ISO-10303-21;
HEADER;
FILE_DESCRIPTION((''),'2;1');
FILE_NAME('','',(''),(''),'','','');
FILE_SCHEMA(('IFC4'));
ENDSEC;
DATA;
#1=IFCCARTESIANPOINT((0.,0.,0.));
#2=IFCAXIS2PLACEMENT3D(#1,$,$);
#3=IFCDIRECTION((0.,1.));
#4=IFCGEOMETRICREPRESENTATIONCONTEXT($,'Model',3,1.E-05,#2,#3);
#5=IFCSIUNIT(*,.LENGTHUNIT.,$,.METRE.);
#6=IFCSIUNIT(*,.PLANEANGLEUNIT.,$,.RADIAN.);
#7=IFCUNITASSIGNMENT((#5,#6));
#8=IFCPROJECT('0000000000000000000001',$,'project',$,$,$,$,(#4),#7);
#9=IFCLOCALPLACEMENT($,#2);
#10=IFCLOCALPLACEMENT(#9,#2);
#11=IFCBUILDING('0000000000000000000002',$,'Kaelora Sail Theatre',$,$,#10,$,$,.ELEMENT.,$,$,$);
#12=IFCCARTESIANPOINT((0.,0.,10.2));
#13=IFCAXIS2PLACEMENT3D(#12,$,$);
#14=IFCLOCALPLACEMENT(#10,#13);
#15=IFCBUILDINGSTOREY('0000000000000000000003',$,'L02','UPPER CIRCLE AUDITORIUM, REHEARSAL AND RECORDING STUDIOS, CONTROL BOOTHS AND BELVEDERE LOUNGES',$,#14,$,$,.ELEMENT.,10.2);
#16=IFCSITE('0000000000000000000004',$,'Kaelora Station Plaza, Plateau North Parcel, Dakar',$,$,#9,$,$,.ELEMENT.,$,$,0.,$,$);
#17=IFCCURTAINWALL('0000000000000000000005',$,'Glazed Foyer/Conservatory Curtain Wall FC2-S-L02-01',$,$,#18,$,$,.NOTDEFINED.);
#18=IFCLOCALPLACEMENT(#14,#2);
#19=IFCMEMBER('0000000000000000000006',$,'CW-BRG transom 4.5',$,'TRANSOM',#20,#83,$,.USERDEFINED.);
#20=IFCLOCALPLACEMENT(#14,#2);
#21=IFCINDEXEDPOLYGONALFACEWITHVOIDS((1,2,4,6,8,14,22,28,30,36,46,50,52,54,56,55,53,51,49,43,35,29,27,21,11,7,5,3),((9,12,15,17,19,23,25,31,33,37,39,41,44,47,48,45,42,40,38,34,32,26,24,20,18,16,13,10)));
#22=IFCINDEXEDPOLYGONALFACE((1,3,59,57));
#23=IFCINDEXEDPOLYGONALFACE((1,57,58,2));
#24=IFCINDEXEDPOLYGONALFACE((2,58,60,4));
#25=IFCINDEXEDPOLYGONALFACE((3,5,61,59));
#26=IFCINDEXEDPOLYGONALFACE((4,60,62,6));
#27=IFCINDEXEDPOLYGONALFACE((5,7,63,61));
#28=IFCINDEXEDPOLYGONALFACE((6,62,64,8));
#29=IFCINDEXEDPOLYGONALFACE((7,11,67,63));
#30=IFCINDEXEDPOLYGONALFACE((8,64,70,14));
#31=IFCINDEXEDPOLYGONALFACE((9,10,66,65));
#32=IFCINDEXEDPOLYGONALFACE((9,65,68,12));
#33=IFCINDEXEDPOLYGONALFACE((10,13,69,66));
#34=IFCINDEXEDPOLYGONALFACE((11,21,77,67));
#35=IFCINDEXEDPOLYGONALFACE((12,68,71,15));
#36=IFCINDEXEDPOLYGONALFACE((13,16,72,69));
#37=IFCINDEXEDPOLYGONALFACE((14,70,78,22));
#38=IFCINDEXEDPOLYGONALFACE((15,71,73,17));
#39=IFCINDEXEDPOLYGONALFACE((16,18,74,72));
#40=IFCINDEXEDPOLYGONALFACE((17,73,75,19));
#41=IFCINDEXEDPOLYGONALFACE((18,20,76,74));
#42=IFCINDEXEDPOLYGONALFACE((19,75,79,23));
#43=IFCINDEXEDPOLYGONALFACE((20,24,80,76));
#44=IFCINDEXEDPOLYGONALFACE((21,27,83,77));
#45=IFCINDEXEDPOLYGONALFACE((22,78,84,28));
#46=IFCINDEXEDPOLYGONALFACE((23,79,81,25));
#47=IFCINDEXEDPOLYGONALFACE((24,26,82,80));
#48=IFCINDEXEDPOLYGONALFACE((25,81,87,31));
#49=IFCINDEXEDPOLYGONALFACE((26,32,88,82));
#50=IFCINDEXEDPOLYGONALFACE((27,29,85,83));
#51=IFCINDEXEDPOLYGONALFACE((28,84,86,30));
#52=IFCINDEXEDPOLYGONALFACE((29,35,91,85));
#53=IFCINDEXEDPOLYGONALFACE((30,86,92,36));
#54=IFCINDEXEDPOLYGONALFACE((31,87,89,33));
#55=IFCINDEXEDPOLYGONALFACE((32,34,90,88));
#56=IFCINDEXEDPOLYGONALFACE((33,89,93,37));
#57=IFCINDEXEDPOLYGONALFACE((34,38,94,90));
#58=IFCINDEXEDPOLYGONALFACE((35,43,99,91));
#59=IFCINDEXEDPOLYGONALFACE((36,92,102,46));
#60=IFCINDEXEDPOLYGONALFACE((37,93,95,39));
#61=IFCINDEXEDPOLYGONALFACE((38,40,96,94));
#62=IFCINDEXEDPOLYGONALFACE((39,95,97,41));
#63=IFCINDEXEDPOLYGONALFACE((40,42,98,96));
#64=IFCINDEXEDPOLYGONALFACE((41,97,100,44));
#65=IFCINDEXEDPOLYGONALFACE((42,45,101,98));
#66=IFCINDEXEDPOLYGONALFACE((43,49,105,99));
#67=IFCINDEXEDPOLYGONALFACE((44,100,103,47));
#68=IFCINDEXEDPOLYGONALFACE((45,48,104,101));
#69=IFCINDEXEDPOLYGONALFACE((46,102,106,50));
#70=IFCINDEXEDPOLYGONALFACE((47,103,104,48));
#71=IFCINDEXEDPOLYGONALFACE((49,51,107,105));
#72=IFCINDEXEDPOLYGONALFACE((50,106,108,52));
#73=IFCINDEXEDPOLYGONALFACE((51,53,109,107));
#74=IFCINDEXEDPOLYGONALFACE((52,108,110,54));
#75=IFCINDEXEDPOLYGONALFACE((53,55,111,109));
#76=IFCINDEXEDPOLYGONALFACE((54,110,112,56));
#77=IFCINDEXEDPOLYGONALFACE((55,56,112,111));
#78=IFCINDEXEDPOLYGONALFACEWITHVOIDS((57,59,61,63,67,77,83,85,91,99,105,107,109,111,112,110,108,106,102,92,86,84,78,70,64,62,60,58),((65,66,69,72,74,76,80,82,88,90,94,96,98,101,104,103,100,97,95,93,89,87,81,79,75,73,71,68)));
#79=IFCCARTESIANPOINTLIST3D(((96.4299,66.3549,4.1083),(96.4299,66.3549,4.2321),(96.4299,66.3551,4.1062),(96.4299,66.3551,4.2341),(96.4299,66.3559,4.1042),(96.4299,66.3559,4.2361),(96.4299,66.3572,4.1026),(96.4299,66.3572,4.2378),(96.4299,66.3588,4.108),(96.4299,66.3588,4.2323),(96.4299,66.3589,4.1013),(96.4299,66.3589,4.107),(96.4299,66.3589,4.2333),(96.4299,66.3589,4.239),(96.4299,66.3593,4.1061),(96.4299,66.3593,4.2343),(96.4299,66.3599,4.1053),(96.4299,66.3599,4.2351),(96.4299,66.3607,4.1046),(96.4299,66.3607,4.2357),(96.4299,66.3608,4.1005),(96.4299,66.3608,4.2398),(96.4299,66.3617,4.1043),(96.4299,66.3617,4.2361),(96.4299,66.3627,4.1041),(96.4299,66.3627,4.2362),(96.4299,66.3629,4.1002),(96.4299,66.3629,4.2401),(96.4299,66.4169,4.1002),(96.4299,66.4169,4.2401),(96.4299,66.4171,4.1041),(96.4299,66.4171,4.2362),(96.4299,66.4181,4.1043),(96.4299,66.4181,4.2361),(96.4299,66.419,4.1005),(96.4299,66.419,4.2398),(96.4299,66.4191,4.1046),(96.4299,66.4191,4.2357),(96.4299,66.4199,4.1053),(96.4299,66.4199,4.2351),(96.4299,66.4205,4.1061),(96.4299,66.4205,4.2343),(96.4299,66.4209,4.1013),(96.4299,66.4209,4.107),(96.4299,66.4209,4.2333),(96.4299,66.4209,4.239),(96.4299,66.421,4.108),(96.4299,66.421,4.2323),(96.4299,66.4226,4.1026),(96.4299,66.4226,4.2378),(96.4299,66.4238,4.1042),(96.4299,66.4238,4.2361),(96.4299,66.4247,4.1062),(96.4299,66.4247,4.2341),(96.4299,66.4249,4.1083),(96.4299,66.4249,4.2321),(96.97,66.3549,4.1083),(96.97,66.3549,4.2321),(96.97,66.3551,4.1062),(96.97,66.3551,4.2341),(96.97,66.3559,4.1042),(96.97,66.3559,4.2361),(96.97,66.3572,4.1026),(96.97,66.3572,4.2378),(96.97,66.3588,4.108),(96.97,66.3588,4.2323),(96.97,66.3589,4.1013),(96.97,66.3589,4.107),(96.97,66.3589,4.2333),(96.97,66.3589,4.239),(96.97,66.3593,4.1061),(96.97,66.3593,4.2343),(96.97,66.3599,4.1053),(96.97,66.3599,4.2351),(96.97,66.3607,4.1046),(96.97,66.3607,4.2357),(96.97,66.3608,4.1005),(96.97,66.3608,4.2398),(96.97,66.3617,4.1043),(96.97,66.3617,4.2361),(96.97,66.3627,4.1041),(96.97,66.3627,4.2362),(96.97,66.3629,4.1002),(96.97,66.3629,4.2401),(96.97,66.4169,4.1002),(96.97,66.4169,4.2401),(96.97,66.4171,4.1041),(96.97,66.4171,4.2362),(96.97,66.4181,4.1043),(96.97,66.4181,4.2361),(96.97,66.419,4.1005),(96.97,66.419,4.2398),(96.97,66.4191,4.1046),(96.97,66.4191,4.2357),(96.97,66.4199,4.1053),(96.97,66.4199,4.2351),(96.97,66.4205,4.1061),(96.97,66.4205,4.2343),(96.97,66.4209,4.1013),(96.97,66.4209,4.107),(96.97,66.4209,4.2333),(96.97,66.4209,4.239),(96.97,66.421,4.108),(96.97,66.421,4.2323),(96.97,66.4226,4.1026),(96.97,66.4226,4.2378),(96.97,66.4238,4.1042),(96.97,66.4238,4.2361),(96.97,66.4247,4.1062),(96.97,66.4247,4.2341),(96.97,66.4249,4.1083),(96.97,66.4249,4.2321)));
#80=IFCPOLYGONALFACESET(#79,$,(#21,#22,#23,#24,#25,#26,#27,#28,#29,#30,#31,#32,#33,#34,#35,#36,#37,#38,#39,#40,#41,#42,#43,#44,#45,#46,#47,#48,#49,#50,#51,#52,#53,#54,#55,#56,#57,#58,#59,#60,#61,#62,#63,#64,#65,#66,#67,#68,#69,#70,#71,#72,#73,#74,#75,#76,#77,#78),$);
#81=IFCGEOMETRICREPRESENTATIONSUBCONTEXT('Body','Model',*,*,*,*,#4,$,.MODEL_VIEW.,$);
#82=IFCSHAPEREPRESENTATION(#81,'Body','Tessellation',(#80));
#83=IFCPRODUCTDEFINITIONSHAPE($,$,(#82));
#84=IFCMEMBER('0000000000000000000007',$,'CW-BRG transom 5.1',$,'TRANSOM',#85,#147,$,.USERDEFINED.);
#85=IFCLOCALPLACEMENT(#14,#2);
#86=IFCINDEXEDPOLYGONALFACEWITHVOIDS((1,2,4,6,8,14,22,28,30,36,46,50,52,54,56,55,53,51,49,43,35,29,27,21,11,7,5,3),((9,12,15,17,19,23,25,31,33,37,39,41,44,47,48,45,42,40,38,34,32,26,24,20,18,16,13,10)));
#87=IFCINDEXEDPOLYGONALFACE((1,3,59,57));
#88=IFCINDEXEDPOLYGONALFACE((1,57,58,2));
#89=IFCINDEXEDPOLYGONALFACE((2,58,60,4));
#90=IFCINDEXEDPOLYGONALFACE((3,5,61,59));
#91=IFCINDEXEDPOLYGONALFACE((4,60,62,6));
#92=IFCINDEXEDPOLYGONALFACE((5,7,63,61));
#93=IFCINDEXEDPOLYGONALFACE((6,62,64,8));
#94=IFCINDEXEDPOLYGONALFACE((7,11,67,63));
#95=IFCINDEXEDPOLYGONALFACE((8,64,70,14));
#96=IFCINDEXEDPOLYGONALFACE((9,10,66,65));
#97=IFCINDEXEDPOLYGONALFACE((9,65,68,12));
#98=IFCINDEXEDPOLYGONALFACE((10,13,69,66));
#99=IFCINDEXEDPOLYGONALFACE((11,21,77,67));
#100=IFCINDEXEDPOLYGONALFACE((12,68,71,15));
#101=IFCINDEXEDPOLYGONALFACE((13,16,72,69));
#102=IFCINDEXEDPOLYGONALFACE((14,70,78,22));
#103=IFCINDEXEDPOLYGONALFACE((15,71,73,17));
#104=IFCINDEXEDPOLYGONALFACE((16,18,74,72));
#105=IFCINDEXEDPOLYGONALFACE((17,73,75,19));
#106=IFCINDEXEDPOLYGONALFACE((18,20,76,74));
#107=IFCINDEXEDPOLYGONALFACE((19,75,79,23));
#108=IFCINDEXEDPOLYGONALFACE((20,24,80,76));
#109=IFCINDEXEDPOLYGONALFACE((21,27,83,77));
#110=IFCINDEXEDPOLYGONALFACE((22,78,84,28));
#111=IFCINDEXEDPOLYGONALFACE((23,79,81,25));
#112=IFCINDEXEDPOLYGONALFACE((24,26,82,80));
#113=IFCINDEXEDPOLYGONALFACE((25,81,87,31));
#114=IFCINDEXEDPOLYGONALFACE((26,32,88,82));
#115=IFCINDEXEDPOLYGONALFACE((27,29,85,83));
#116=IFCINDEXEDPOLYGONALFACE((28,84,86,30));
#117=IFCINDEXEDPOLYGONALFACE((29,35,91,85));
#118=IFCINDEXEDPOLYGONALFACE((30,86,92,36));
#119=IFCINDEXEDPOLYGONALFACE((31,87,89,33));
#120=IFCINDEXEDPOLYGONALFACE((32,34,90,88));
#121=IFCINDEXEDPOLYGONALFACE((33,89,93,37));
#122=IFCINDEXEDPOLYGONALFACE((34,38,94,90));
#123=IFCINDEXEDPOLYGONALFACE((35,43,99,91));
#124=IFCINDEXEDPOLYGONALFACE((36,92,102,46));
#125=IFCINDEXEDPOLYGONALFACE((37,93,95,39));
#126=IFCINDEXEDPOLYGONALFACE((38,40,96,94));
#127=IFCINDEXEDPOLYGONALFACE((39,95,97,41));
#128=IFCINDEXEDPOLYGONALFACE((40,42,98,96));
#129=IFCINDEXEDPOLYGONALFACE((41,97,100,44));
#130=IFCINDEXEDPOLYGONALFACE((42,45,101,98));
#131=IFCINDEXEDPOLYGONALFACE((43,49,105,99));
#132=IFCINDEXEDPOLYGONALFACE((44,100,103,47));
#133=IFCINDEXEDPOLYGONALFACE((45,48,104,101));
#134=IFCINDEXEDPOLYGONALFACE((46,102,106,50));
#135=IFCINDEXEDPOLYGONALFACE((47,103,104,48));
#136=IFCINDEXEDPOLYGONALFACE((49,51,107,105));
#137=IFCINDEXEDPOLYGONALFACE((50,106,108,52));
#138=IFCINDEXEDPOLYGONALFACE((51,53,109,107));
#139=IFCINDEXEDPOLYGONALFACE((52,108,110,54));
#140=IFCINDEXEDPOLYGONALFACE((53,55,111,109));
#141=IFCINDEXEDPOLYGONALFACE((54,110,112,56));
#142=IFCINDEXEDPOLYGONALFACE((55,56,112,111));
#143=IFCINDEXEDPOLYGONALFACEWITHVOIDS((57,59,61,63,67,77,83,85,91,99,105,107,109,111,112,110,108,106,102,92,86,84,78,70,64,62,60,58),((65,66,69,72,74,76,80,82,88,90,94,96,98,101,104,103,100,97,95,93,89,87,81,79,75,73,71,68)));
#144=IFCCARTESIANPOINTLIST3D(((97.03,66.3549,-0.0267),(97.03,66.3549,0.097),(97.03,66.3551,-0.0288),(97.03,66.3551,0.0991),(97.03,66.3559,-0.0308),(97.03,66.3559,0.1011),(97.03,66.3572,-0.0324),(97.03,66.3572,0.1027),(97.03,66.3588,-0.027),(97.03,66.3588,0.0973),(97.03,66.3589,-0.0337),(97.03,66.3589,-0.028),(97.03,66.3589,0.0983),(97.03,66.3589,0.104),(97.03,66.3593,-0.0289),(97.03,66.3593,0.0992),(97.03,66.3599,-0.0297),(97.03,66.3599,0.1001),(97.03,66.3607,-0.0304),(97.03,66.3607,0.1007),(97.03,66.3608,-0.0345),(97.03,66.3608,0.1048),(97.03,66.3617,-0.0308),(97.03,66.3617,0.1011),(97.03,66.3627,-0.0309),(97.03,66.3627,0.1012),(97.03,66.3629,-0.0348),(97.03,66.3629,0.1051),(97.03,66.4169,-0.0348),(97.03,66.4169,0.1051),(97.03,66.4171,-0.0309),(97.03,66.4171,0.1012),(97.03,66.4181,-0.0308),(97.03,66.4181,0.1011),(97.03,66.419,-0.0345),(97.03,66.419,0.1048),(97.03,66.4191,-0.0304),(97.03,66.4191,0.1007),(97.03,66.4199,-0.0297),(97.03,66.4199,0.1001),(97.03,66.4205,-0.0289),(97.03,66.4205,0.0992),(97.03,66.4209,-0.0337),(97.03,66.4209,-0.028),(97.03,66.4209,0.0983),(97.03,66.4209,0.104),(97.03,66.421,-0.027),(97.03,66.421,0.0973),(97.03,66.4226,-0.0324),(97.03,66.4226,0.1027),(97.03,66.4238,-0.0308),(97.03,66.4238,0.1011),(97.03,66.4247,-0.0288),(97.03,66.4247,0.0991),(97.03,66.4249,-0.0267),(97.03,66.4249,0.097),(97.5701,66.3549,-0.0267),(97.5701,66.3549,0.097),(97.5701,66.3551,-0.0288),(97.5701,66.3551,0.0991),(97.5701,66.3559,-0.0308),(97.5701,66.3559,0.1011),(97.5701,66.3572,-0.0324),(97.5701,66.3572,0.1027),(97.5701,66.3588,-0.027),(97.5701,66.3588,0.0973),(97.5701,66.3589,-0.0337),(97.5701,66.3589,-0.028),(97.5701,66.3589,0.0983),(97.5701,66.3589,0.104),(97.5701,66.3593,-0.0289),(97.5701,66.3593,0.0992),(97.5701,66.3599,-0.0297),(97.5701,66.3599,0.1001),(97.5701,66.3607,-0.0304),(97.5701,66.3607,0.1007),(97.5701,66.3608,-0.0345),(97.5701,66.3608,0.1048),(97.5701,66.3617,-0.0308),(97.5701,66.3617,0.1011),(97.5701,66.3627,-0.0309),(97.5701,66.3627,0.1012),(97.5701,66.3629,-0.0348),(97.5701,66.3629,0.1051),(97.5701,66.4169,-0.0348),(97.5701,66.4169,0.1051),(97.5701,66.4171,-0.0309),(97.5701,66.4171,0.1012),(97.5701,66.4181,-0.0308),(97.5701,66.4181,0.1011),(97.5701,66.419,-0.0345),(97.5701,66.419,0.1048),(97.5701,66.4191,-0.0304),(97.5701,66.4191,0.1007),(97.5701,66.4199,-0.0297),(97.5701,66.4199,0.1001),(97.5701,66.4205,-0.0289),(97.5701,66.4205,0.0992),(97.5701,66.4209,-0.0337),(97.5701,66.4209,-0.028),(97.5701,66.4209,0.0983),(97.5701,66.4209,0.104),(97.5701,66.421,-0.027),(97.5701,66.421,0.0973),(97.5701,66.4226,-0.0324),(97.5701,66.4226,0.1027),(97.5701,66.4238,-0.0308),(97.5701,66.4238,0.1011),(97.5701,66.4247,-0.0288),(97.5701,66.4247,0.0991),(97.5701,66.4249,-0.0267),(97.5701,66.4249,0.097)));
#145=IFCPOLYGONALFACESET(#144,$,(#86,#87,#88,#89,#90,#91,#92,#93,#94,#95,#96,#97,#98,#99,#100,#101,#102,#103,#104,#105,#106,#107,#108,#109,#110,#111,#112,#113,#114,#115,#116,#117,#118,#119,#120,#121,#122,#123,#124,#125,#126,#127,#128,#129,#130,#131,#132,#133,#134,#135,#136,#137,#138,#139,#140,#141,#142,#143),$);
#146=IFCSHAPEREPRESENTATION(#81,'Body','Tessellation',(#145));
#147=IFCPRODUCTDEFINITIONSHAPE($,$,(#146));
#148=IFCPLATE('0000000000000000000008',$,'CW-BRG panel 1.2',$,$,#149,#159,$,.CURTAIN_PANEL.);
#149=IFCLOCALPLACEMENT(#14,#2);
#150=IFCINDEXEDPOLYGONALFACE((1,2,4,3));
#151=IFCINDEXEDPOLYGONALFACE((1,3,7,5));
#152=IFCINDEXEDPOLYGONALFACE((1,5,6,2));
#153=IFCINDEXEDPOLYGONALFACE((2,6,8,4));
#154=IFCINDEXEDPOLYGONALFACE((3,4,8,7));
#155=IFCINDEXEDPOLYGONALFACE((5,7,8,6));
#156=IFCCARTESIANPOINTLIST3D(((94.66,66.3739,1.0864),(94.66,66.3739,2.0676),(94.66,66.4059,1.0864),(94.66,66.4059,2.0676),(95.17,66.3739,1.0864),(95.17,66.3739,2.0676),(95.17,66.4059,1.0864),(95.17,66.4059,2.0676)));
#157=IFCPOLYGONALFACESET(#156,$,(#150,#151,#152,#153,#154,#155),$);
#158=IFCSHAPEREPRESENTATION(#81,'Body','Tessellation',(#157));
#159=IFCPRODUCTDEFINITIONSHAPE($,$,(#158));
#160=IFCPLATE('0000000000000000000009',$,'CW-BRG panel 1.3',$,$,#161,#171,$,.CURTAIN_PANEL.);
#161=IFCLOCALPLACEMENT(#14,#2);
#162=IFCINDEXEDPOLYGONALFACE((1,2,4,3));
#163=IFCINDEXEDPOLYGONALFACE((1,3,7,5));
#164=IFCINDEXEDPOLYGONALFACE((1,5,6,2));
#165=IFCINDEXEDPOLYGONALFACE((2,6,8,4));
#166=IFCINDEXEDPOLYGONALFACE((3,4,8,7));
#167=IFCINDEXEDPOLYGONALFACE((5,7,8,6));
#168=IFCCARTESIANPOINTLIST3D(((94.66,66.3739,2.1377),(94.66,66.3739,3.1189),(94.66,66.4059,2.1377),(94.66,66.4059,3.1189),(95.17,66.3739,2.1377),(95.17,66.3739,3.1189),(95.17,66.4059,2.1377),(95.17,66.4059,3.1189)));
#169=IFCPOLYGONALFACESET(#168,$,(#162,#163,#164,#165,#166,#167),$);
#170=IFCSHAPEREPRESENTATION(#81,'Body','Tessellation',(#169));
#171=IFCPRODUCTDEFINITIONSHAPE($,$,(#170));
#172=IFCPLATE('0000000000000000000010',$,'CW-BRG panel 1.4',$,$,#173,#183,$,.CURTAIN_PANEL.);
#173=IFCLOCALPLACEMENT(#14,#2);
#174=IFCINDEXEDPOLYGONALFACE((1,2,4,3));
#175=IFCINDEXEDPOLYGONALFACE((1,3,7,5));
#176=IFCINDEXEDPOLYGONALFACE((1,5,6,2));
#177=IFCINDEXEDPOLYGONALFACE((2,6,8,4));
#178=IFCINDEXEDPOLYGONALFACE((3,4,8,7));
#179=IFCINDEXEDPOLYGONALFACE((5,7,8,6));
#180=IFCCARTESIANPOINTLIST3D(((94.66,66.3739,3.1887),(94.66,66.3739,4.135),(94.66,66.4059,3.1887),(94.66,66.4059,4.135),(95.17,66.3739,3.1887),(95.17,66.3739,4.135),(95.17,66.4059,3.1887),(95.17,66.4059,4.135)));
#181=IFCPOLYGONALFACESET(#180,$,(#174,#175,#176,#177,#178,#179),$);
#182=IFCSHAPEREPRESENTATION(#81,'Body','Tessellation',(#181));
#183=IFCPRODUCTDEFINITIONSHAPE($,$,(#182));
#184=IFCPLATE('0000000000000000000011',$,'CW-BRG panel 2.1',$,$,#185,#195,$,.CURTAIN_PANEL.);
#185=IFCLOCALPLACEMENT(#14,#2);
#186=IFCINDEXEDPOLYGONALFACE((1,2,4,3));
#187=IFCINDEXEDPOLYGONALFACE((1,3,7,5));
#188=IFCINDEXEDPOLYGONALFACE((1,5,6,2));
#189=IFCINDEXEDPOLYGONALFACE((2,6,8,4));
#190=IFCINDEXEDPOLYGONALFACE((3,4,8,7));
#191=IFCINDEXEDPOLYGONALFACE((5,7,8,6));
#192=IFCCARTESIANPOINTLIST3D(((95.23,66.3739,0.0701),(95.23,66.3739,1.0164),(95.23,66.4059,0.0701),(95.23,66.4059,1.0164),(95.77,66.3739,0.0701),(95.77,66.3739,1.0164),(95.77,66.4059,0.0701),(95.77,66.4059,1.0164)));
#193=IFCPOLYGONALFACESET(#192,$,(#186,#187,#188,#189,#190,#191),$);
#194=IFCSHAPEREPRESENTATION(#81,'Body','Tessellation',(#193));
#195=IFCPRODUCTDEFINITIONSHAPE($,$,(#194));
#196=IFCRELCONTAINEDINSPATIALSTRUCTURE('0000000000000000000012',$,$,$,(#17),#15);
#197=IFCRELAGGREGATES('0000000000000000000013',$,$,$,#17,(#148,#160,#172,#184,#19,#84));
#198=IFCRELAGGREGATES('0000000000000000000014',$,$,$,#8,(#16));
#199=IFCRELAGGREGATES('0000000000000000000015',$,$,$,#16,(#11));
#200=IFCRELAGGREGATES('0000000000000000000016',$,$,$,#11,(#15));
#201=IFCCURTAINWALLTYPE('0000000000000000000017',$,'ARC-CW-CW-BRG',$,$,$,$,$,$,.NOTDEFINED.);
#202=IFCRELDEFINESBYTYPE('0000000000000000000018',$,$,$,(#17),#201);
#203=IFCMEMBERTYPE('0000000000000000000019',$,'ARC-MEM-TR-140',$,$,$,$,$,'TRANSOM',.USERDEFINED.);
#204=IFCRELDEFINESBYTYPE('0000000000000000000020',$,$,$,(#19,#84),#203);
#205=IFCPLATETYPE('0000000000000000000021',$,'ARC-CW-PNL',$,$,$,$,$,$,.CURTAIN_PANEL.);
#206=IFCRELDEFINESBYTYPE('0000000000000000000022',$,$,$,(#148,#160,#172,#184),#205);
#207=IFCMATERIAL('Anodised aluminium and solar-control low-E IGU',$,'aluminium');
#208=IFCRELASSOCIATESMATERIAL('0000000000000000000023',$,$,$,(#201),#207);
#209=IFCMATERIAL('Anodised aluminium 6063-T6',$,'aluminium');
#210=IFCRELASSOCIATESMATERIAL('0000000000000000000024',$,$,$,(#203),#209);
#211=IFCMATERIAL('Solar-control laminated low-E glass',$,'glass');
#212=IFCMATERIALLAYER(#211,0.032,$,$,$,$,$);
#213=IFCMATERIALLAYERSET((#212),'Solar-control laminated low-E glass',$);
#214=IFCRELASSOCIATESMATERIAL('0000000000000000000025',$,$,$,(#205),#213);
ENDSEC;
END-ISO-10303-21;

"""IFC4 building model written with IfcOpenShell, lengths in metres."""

from ifc_helpers import new_model, si_unit, direction, frame, origin, origin_2d, place, context, subcontext, project, spatial, rectangle, hollow_rectangle, extrude, material, layer, layer_set, material_profile, profile_set, type_object, element, aggregate, save


model = new_model("IFC4")

# Units and contexts
model_context = context("Model", 3, precision=1e-05, world=origin(), true_north=direction((0.0, 1.0)))
body_context = subcontext(model_context, "Body", "Model", "MODEL_VIEW")
ifc_project = project(units=[si_unit("LENGTHUNIT", "METRE"), si_unit("PLANEANGLEUNIT", "RADIAN")], contexts=[model_context])

# Site, building, storey
site_placement = place(None, origin())
site = spatial("IfcSite", under=ifc_project, at=site_placement, Name="Kaelora Station Plaza, Plateau North Parcel, Dakar", CompositionType="ELEMENT", RefElevation=0.0)
building_placement = place(site_placement, origin())
building = spatial("IfcBuilding", under=site, at=building_placement, Name="Kaelora Sail Theatre", CompositionType="ELEMENT")
storey_placement = place(building_placement, frame((0.0, 0.0, 10.2)))
storey = spatial("IfcBuildingStorey", under=building, at=storey_placement, Name="L02", Description="UPPER CIRCLE AUDITORIUM, REHEARSAL AND RECORDING STUDIOS, CONTROL BOOTHS AND BELVEDERE LOUNGES", CompositionType="ELEMENT", Elevation=10.2)

# Curtain wall, members, plates
ifc_material_1 = material(Name="Anodised aluminium and solar-control low-E IGU", Category="aluminium")
curtain_wall_type = type_object("IfcCurtainWallType", Name="ARC-CW-CW-BRG", PredefinedType="NOTDEFINED", material=ifc_material_1)
curtain_wall_placement = place(storey_placement, origin())
curtain_wall = element("IfcCurtainWall", 1, at=curtain_wall_placement, inside=storey, type_object=curtain_wall_type, Name="Glazed Foyer/Conservatory Curtain Wall FC2-S-L02-01", PredefinedType="NOTDEFINED")
ifc_material_2 = material(Name="Anodised aluminium 6063-T6", Category="aluminium")
ifc_material_profile_1 = material_profile(ifc_material_2, hollow_rectangle(XDim=0.0701, YDim=0.1399, WallThickness=0.0039, InnerFilletRadius=0.0039, OuterFilletRadius=0.0081, at=origin_2d()), Name="ALU-TRAN 70x140x4")
ifc_profile_set_1 = profile_set([ifc_material_profile_1], Name="Anodised aluminium 6063-T6")
member_type_1 = type_object("IfcMemberType", Name="ARC-MEM-TR-140", ElementType="TRANSOM", PredefinedType="USERDEFINED", material=ifc_profile_set_1)
member_1_placement = place(storey_placement, frame((96.4299, 66.3899, 4.1702), z_axis=(1.0, 0.0, 0.0), x_axis=(0.0, 1.0, 0.0)))
member_1 = element("IfcMember", 2, at=member_1_placement, type_object=member_type_1, Name="CW-BRG transom 4.5", ObjectType="TRANSOM", PredefinedType="USERDEFINED", context=body_context, shape_type="SweptSolid", body=[
    extrude(hollow_rectangle(XDim=0.0701, YDim=0.1399, WallThickness=0.0039, InnerFilletRadius=0.0039, OuterFilletRadius=0.0081, at=origin_2d()), origin(), (0.0, 0.0, 1.0), 0.54),
])
member_2_placement = place(storey_placement, frame((97.03, 66.3899, 0.0352), z_axis=(1.0, 0.0, 0.0), x_axis=(0.0, 1.0, 0.0)))
member_2 = element("IfcMember", 3, at=member_2_placement, type_object=member_type_1, Name="CW-BRG transom 5.1", ObjectType="TRANSOM", PredefinedType="USERDEFINED", context=body_context, shape_type="SweptSolid", body=[
    extrude(hollow_rectangle(XDim=0.0701, YDim=0.1399, WallThickness=0.0039, InnerFilletRadius=0.0039, OuterFilletRadius=0.0081, at=origin_2d()), origin(), (0.0, 0.0, 1.0), 0.54),
])
ifc_material_3 = material(Name="Solar-control laminated low-E glass", Category="glass")
ifc_layer = layer(ifc_material_3, 0.032)
ifc_layer_set = layer_set([ifc_layer], Name="Solar-control laminated low-E glass")
plate_type = type_object("IfcPlateType", Name="ARC-CW-PNL", PredefinedType="CURTAIN_PANEL", material=ifc_layer_set)
plate_1_placement = place(storey_placement, frame((94.915, 66.3899, 1.0864), z_axis=(0.0, 0.0, 1.0), x_axis=(1.0, 0.0, 0.0)))
plate_1 = element("IfcPlate", 4, at=plate_1_placement, type_object=plate_type, Name="CW-BRG panel 1.2", PredefinedType="CURTAIN_PANEL", context=body_context, shape_type="SweptSolid", body=[
    extrude(rectangle(XDim=0.51, YDim=0.032, at=origin_2d()), origin(), (0.0, 0.0, 1.0), 0.9812),
])
plate_2_placement = place(storey_placement, frame((94.915, 66.3899, 2.1377), z_axis=(0.0, 0.0, 1.0), x_axis=(1.0, 0.0, 0.0)))
plate_2 = element("IfcPlate", 5, at=plate_2_placement, type_object=plate_type, Name="CW-BRG panel 1.3", PredefinedType="CURTAIN_PANEL", context=body_context, shape_type="SweptSolid", body=[
    extrude(rectangle(XDim=0.51, YDim=0.032, at=origin_2d()), origin(), (0.0, 0.0, 1.0), 0.9812),
])
plate_3_placement = place(storey_placement, frame((94.915, 66.3899, 3.1887), z_axis=(0.0, 0.0, 1.0), x_axis=(1.0, 0.0, 0.0)))
plate_3 = element("IfcPlate", 6, at=plate_3_placement, type_object=plate_type, Name="CW-BRG panel 1.4", PredefinedType="CURTAIN_PANEL", context=body_context, shape_type="SweptSolid", body=[
    extrude(rectangle(XDim=0.51, YDim=0.032, at=origin_2d()), origin(), (0.0, 0.0, 1.0), 0.9463),
])
plate_4_placement = place(storey_placement, frame((95.5, 66.3899, 0.0701), z_axis=(0.0, 0.0, 1.0), x_axis=(1.0, 0.0, 0.0)))
plate_4 = element("IfcPlate", 7, at=plate_4_placement, type_object=plate_type, Name="CW-BRG panel 2.1", PredefinedType="CURTAIN_PANEL", context=body_context, shape_type="SweptSolid", body=[
    extrude(rectangle(XDim=0.54, YDim=0.032, at=origin_2d()), origin(), (0.0, 0.0, 1.0), 0.9463),
])
aggregate(curtain_wall, [plate_1, plate_2, plate_3, plate_4, member_1, member_2])

save(model, "model.ifc")
